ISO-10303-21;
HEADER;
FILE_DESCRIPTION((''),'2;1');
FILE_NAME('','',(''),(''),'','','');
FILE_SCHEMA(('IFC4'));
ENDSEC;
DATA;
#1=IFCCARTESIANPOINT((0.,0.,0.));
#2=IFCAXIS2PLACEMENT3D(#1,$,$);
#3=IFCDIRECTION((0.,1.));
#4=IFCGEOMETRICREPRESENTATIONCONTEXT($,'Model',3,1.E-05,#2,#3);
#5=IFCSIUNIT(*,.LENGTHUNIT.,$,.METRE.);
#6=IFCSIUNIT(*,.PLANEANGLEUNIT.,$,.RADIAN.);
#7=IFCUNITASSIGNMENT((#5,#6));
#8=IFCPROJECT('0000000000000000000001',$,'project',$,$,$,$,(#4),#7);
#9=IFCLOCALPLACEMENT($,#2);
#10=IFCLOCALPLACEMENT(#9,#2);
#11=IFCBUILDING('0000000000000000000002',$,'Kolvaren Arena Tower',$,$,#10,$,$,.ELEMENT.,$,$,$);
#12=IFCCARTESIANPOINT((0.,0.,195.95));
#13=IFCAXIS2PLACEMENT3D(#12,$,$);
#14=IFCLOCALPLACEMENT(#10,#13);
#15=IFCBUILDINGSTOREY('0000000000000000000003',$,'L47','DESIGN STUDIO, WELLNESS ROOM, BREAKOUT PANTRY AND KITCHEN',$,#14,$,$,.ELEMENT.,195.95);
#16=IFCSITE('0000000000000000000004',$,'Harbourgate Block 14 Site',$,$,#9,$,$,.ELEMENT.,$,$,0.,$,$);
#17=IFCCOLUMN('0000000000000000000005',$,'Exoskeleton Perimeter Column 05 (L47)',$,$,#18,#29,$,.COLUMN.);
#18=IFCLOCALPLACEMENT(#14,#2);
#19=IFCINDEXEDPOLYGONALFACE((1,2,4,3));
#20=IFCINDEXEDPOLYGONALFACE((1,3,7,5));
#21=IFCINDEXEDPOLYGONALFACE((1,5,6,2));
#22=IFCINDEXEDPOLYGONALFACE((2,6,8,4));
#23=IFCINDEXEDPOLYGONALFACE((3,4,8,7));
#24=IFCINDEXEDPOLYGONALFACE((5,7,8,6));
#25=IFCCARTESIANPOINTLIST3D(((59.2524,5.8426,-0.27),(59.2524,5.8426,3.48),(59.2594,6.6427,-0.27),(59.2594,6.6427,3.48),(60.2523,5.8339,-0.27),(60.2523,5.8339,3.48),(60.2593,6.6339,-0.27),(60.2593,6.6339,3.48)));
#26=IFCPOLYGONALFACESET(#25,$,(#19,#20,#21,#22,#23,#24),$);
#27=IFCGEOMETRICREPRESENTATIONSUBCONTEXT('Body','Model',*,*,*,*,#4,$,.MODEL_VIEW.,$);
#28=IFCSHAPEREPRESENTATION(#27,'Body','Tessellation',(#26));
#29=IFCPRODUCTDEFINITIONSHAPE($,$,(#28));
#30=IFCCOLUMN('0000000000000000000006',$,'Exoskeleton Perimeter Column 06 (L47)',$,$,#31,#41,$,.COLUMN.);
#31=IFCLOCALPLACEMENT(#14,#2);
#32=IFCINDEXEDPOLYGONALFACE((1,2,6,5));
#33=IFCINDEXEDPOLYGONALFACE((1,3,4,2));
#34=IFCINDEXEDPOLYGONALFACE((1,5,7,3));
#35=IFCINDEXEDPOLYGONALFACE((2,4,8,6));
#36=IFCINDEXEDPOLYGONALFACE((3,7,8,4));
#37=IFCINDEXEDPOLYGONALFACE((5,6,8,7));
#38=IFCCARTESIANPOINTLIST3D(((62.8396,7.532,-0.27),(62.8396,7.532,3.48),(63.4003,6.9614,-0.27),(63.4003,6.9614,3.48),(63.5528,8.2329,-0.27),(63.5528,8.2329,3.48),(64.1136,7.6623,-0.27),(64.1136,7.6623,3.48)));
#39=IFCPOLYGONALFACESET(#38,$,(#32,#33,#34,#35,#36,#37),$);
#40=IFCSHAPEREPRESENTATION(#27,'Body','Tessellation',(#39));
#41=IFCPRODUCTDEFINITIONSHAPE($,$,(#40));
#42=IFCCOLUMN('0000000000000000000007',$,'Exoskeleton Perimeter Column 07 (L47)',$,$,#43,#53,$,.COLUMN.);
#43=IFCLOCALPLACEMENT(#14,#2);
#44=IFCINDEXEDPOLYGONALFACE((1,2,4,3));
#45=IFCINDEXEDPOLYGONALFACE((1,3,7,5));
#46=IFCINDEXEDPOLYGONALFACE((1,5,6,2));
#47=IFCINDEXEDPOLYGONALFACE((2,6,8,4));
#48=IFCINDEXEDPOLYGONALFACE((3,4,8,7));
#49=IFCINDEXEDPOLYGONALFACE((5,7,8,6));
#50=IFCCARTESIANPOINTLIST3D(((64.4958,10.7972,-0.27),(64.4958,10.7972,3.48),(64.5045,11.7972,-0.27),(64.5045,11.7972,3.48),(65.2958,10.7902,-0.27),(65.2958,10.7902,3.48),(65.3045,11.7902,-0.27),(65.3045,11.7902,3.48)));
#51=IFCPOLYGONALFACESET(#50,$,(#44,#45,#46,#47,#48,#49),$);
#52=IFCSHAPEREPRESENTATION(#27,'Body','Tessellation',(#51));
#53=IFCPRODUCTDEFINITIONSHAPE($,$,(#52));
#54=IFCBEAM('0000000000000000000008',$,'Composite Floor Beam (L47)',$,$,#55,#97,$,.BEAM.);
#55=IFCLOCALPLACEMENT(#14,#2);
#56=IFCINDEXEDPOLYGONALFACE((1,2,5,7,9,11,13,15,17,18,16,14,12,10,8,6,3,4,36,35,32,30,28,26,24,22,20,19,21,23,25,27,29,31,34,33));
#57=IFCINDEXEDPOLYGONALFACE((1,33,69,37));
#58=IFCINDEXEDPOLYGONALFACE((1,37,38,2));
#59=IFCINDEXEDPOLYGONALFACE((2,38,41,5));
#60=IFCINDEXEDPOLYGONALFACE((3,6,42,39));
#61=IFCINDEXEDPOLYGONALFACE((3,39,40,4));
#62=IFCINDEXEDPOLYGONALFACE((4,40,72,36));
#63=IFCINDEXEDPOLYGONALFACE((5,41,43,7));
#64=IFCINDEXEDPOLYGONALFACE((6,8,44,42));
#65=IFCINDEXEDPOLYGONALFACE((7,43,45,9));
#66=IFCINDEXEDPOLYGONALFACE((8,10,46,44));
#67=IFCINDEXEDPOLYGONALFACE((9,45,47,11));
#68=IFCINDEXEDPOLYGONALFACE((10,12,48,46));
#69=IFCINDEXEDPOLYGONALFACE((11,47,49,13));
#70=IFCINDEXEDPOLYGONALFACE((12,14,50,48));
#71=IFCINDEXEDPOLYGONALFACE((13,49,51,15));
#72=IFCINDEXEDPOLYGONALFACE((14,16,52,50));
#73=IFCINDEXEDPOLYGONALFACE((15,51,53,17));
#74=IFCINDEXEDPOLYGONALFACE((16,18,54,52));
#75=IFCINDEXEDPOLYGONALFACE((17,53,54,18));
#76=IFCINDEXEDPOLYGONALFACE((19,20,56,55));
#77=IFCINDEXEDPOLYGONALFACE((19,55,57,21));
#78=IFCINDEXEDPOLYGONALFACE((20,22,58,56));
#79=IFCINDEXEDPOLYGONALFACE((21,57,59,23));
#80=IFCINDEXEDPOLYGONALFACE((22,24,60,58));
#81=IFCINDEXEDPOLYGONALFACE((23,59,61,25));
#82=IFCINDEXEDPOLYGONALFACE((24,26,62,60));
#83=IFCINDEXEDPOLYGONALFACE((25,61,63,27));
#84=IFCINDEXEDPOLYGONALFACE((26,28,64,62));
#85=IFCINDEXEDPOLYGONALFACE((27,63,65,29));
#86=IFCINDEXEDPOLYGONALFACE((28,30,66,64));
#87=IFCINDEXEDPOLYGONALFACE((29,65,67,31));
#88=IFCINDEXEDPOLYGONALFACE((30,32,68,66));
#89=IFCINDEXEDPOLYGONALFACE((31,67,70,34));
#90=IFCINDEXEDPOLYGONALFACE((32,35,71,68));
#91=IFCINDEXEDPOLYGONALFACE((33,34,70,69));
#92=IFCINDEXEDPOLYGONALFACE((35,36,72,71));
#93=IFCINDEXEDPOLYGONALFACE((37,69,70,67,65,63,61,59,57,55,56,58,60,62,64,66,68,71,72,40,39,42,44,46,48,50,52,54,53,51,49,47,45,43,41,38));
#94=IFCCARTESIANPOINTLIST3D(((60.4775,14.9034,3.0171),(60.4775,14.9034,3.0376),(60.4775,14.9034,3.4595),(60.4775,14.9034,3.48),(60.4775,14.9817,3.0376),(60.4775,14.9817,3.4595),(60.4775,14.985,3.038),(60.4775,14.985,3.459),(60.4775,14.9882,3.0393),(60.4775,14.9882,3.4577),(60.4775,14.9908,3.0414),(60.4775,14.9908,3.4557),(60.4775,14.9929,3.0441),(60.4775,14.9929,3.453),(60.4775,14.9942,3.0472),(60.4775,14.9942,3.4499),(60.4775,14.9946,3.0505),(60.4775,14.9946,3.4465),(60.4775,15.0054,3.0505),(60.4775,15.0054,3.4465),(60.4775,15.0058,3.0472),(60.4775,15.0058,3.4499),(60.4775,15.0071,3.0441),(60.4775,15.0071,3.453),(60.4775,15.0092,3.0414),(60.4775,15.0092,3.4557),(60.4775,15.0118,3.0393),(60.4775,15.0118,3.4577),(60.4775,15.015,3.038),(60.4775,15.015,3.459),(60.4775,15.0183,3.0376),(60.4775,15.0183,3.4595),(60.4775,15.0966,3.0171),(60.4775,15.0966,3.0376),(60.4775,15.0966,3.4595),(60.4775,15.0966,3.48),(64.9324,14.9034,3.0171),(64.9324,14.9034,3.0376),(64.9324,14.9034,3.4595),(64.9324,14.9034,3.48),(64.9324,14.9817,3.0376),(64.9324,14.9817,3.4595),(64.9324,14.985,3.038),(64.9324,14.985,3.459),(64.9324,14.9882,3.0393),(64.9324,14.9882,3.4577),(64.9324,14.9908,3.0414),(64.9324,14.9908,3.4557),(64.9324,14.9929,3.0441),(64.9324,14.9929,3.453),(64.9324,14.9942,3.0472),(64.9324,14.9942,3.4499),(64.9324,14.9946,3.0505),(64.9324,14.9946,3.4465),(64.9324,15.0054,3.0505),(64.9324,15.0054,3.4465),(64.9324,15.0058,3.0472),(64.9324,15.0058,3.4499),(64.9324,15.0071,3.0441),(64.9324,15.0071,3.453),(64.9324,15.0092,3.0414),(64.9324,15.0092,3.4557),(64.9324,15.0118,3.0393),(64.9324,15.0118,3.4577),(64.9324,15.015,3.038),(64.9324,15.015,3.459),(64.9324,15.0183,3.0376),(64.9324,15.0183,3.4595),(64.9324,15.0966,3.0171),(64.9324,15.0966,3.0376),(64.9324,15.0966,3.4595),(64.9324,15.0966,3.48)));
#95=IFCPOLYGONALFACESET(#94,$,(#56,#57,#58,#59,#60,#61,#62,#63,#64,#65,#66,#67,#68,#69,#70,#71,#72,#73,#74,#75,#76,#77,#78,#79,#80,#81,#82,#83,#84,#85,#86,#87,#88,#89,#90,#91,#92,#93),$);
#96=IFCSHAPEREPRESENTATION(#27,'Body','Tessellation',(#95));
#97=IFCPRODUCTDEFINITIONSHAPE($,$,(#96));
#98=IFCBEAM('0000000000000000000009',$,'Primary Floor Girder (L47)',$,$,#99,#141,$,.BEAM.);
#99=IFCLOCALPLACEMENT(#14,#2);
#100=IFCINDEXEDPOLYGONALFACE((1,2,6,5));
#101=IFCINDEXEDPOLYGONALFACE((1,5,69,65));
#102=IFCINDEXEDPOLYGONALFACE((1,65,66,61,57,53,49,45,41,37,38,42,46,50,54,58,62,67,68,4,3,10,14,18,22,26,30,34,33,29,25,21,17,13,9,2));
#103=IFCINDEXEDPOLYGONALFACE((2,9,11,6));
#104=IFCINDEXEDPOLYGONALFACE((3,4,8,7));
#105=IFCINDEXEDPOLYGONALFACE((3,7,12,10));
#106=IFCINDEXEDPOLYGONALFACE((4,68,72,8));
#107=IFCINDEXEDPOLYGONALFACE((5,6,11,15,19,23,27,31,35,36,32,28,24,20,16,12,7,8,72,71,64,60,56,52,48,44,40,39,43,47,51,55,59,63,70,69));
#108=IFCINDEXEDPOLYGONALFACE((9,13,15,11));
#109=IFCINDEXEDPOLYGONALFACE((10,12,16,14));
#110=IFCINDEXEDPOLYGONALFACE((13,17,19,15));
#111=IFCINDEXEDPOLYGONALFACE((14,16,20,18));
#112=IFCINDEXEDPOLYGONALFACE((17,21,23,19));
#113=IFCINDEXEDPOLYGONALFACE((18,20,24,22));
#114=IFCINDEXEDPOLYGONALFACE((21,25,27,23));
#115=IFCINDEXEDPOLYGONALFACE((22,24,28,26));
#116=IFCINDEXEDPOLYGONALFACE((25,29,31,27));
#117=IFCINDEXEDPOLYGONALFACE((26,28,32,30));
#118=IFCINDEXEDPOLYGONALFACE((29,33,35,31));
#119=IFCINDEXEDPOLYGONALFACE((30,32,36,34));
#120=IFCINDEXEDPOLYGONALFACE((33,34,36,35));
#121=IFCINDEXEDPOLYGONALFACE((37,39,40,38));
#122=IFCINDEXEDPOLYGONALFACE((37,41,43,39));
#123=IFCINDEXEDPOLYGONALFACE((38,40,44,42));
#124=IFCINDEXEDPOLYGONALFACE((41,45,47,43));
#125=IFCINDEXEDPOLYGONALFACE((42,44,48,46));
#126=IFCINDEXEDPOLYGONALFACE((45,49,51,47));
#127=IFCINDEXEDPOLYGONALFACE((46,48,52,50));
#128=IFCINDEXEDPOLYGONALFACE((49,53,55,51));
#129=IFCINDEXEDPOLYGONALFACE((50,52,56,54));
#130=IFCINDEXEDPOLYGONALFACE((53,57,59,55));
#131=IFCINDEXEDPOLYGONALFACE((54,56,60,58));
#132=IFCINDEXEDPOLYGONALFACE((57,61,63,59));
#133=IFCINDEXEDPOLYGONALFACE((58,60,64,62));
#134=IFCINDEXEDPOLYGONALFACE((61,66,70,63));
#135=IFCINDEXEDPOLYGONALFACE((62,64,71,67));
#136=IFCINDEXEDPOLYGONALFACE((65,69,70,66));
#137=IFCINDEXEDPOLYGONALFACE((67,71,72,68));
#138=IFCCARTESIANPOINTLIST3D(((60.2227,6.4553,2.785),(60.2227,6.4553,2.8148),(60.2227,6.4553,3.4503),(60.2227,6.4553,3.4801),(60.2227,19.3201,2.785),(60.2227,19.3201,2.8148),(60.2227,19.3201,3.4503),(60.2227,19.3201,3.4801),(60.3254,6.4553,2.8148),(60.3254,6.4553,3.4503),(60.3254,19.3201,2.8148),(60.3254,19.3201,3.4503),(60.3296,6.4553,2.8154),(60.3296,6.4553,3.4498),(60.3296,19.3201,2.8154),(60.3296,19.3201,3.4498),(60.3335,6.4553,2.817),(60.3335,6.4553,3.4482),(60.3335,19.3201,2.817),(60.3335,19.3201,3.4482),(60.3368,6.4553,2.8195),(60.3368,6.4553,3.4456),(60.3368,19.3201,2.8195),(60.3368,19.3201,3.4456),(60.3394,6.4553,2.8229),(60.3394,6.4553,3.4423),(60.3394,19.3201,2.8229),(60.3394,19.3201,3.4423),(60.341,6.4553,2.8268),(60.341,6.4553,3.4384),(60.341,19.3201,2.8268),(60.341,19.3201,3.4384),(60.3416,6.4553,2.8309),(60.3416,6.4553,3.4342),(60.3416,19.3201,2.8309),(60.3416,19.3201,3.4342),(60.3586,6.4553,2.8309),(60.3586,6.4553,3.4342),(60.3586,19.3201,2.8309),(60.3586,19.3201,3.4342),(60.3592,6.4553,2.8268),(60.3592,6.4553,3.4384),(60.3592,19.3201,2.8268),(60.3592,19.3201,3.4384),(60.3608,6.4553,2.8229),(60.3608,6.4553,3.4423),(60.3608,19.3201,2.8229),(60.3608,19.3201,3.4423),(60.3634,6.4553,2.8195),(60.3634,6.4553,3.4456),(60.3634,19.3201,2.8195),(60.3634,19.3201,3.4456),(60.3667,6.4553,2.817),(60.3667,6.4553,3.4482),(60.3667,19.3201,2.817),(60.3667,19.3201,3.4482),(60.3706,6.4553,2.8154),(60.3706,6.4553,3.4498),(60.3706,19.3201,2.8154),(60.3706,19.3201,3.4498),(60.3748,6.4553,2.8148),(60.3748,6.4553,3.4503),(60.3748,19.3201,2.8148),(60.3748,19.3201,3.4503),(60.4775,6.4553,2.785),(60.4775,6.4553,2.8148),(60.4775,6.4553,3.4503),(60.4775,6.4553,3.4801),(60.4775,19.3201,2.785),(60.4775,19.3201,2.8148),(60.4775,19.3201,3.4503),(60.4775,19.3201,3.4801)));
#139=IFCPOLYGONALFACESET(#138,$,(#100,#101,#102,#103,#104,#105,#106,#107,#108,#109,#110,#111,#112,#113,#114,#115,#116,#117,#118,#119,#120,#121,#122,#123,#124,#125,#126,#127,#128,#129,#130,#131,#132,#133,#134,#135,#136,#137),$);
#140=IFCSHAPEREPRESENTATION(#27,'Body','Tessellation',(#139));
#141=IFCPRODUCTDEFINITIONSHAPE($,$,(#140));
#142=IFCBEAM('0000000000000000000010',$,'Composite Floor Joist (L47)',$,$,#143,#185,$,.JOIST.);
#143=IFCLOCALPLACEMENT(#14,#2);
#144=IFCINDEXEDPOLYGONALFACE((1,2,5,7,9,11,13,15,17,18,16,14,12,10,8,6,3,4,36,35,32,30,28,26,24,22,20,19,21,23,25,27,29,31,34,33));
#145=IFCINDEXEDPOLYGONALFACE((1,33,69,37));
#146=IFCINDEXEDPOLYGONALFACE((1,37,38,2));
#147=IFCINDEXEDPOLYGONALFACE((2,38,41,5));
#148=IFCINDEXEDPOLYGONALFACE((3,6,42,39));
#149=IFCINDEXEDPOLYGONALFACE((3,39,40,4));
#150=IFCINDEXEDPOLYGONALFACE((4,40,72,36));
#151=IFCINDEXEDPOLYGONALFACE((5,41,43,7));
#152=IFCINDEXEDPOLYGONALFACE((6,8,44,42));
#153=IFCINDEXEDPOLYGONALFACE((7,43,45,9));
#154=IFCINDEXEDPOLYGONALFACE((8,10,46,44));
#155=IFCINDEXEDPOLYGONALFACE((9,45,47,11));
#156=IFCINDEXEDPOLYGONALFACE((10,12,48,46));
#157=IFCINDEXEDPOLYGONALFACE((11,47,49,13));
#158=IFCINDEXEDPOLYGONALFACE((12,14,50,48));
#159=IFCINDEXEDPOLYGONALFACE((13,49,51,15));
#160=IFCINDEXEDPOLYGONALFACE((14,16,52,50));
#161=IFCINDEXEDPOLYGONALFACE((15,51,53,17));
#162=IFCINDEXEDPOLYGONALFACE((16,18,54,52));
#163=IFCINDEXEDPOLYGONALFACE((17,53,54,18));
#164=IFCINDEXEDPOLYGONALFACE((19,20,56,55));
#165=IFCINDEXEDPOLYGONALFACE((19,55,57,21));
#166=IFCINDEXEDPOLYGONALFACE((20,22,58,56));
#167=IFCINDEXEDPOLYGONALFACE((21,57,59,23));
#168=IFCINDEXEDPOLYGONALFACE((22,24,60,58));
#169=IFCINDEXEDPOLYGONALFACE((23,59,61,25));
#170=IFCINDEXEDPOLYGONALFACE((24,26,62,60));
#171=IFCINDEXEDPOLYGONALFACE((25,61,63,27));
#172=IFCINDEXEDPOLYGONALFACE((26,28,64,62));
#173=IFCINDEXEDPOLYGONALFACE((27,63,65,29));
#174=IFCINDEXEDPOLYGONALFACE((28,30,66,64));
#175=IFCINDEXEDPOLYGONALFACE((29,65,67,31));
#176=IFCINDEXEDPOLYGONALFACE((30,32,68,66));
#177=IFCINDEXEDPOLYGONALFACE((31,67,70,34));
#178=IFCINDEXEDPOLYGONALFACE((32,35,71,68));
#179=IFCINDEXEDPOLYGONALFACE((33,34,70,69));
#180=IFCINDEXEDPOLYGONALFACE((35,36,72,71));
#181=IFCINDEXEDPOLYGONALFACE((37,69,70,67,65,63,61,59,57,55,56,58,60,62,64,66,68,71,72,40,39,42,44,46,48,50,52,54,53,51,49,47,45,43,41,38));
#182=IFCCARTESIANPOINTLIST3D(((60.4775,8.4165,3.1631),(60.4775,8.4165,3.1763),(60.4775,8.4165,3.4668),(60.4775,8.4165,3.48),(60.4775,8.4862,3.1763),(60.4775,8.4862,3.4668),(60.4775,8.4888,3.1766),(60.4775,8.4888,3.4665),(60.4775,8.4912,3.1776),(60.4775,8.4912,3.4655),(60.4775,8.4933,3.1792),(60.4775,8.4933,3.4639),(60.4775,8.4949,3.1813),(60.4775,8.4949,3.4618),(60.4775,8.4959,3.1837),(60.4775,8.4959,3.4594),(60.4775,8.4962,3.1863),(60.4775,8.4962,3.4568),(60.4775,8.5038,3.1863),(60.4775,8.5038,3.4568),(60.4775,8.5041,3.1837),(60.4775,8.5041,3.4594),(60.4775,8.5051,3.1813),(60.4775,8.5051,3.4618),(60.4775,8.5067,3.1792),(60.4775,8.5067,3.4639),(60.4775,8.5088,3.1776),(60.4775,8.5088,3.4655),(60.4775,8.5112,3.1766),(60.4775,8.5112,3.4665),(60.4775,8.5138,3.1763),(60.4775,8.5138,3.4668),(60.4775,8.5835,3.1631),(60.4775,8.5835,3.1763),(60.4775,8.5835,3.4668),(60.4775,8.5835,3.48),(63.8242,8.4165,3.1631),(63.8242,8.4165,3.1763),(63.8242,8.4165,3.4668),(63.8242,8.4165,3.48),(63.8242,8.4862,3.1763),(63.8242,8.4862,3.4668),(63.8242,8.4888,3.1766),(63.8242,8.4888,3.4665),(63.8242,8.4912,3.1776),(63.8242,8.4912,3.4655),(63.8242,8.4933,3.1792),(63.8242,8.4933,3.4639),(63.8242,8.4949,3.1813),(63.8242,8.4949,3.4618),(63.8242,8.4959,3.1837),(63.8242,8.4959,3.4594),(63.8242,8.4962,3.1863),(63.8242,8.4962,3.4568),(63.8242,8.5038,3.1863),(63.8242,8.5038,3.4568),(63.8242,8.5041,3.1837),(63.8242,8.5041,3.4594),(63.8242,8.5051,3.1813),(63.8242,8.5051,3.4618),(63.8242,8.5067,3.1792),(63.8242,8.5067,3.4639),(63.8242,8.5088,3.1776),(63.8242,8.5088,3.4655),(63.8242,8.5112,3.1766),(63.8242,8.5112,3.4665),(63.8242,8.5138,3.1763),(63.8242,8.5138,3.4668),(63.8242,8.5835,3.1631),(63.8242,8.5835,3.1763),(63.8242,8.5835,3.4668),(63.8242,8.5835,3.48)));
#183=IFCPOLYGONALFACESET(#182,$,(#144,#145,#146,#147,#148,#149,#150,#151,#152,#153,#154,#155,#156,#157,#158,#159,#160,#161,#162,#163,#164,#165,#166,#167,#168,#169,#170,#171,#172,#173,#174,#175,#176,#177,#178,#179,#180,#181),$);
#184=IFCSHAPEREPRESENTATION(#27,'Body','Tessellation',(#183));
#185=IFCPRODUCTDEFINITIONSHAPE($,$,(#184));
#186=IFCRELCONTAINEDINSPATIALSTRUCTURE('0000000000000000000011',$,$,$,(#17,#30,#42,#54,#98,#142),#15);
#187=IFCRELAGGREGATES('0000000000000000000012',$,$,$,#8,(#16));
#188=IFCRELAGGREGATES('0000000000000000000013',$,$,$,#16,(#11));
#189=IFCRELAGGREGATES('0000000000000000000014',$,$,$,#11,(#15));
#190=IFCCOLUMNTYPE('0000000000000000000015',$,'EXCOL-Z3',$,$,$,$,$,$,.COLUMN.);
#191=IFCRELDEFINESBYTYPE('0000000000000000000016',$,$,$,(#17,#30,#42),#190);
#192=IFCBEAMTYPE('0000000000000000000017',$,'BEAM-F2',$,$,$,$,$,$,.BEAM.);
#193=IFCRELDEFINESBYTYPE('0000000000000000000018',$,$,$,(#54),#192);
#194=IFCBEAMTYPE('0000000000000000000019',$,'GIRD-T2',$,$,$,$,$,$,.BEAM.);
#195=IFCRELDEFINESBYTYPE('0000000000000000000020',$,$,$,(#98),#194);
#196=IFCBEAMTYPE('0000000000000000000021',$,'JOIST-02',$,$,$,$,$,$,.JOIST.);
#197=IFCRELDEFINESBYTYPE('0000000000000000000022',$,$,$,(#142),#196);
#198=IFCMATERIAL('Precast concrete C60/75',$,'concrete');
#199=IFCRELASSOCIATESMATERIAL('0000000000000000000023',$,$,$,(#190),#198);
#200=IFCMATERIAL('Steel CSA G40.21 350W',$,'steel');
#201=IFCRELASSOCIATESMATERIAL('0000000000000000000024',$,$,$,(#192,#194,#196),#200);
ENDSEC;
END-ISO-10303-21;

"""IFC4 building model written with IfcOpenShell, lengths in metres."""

from ifc_helpers import new_model, si_unit, direction, frame, origin, origin_2d, place, context, subcontext, project, spatial, rectangle, i_section, extrude, material, material_profile, profile_set, type_object, element, save


model = new_model("IFC4")

# Units and contexts
model_context = context("Model", 3, precision=1e-05, world=origin(), true_north=direction((0.0, 1.0)))
body_context = subcontext(model_context, "Body", "Model", "MODEL_VIEW")
ifc_project = project(units=[si_unit("LENGTHUNIT", "METRE"), si_unit("PLANEANGLEUNIT", "RADIAN")], contexts=[model_context])

# Site, building, storey
site_placement = place(None, origin())
site = spatial("IfcSite", under=ifc_project, at=site_placement, Name="Harbourgate Block 14 Site", CompositionType="ELEMENT", RefElevation=0.0)
building_placement = place(site_placement, origin())
building = spatial("IfcBuilding", under=site, at=building_placement, Name="Kolvaren Arena Tower", CompositionType="ELEMENT")
storey_placement = place(building_placement, frame((0.0, 0.0, 195.95)))
storey = spatial("IfcBuildingStorey", under=building, at=storey_placement, Name="L47", Description="DESIGN STUDIO, WELLNESS ROOM, BREAKOUT PANTRY AND KITCHEN", CompositionType="ELEMENT", Elevation=195.95)

# Columns
ifc_material_1 = material(Name="Precast concrete C60/75", Category="concrete")
ifc_material_profile_1 = material_profile(ifc_material_1, rectangle(XDim=1.0, YDim=0.8, at=origin_2d()), Name="RC-1000x800")
ifc_profile_set_1 = profile_set([ifc_material_profile_1], Name="Precast concrete C60/75")
column_type = type_object("IfcColumnType", Name="EXCOL-Z3", PredefinedType="COLUMN", material=ifc_profile_set_1)
for number, where, z_axis, x_axis, name in (
    (1, (59.7559, 6.2383, -0.27), (0.0, 0.0, 1.0), (0.999962, -0.008727, 0.0), "Exoskeleton Perimeter Column 05 (L47)"),
    (2, (63.4766, 7.5972, -0.27), (0.0, 0.0, 1.0), (0.71325, 0.700909, 0.0), "Exoskeleton Perimeter Column 06 (L47)"),
    (3, (64.9001, 11.2937, -0.27), (0.0, 0.0, 1.0), (0.008727, 0.999962, 0.0), "Exoskeleton Perimeter Column 07 (L47)"),
):
    element("IfcColumn", number, at=place(storey_placement, frame(where, z_axis=z_axis, x_axis=x_axis)), inside=storey, type_object=column_type, Name=name, PredefinedType="COLUMN", context=body_context, shape_type="SweptSolid", body=[
        extrude(rectangle(XDim=1.0, YDim=0.8, at=origin_2d()), origin(), (0.0, 0.0, 1.0), 3.75),
    ])

# Beams
ifc_material_2 = material(Name="Steel CSA G40.21 350W", Category="steel")
ifc_material_profile_2 = material_profile(ifc_material_2, i_section(OverallWidth=0.1931, OverallDepth=0.4629, WebThickness=0.0107, FlangeThickness=0.0205, FilletRadius=0.0129, at=origin_2d()), Name="W460x113")
ifc_profile_set_2 = profile_set([ifc_material_profile_2], Name="Steel CSA G40.21 350W")
beam_type_1 = type_object("IfcBeamType", Name="BEAM-F2", PredefinedType="BEAM", material=ifc_profile_set_2)
beam_1_placement = place(storey_placement, frame((60.4775, 15.0, 3.2485), z_axis=(1.0, 0.0, 0.0), x_axis=(0.0, 1.0, 0.0)))
element("IfcBeam", 4, at=beam_1_placement, inside=storey, type_object=beam_type_1, Name="Composite Floor Beam (L47)", PredefinedType="BEAM", context=body_context, shape_type="SweptSolid", body=[
    extrude(i_section(OverallWidth=0.1931, OverallDepth=0.4629, WebThickness=0.0107, FlangeThickness=0.0205, FilletRadius=0.0129, at=origin_2d()), origin(), (0.0, 0.0, 1.0), 4.4548),
])
ifc_material_profile_3 = material_profile(ifc_material_2, i_section(OverallWidth=0.2549, OverallDepth=0.6951, WebThickness=0.0171, FlangeThickness=0.0298, FilletRadius=0.0161, at=origin_2d()), Name="W690x217")
ifc_profile_set_3 = profile_set([ifc_material_profile_3], Name="Steel CSA G40.21 350W")
beam_type_2 = type_object("IfcBeamType", Name="GIRD-T2", PredefinedType="BEAM", material=ifc_profile_set_3)
beam_2_placement = place(storey_placement, frame((60.3501, 6.4553, 3.1326), z_axis=(0.0, 1.0, 0.0), x_axis=(-1.0, 0.0, 0.0)))
element("IfcBeam", 5, at=beam_2_placement, inside=storey, type_object=beam_type_2, Name="Primary Floor Girder (L47)", PredefinedType="BEAM", context=body_context, shape_type="SweptSolid", body=[
    extrude(i_section(OverallWidth=0.2549, OverallDepth=0.6951, WebThickness=0.0171, FlangeThickness=0.0298, FilletRadius=0.0161, at=origin_2d()), origin(), (0.0, 0.0, 1.0), 12.8647),
])
ifc_material_profile_4 = material_profile(ifc_material_2, i_section(OverallWidth=0.167, OverallDepth=0.3169, WebThickness=0.0076, FlangeThickness=0.0132, FilletRadius=0.01, at=origin_2d()), Name="W310x52")
ifc_profile_set_4 = profile_set([ifc_material_profile_4], Name="Steel CSA G40.21 350W")
beam_type_3 = type_object("IfcBeamType", Name="JOIST-02", PredefinedType="JOIST", material=ifc_profile_set_4)
beam_3_placement = place(storey_placement, frame((60.4775, 8.5, 3.3215), z_axis=(1.0, 0.0, 0.0), x_axis=(0.0, 1.0, 0.0)))
element("IfcBeam", 6, at=beam_3_placement, inside=storey, type_object=beam_type_3, Name="Composite Floor Joist (L47)", PredefinedType="JOIST", context=body_context, shape_type="SweptSolid", body=[
    extrude(i_section(OverallWidth=0.167, OverallDepth=0.3169, WebThickness=0.0076, FlangeThickness=0.0132, FilletRadius=0.01, at=origin_2d()), origin(), (0.0, 0.0, 1.0), 3.3467),
])

save(model, "model.ifc")
